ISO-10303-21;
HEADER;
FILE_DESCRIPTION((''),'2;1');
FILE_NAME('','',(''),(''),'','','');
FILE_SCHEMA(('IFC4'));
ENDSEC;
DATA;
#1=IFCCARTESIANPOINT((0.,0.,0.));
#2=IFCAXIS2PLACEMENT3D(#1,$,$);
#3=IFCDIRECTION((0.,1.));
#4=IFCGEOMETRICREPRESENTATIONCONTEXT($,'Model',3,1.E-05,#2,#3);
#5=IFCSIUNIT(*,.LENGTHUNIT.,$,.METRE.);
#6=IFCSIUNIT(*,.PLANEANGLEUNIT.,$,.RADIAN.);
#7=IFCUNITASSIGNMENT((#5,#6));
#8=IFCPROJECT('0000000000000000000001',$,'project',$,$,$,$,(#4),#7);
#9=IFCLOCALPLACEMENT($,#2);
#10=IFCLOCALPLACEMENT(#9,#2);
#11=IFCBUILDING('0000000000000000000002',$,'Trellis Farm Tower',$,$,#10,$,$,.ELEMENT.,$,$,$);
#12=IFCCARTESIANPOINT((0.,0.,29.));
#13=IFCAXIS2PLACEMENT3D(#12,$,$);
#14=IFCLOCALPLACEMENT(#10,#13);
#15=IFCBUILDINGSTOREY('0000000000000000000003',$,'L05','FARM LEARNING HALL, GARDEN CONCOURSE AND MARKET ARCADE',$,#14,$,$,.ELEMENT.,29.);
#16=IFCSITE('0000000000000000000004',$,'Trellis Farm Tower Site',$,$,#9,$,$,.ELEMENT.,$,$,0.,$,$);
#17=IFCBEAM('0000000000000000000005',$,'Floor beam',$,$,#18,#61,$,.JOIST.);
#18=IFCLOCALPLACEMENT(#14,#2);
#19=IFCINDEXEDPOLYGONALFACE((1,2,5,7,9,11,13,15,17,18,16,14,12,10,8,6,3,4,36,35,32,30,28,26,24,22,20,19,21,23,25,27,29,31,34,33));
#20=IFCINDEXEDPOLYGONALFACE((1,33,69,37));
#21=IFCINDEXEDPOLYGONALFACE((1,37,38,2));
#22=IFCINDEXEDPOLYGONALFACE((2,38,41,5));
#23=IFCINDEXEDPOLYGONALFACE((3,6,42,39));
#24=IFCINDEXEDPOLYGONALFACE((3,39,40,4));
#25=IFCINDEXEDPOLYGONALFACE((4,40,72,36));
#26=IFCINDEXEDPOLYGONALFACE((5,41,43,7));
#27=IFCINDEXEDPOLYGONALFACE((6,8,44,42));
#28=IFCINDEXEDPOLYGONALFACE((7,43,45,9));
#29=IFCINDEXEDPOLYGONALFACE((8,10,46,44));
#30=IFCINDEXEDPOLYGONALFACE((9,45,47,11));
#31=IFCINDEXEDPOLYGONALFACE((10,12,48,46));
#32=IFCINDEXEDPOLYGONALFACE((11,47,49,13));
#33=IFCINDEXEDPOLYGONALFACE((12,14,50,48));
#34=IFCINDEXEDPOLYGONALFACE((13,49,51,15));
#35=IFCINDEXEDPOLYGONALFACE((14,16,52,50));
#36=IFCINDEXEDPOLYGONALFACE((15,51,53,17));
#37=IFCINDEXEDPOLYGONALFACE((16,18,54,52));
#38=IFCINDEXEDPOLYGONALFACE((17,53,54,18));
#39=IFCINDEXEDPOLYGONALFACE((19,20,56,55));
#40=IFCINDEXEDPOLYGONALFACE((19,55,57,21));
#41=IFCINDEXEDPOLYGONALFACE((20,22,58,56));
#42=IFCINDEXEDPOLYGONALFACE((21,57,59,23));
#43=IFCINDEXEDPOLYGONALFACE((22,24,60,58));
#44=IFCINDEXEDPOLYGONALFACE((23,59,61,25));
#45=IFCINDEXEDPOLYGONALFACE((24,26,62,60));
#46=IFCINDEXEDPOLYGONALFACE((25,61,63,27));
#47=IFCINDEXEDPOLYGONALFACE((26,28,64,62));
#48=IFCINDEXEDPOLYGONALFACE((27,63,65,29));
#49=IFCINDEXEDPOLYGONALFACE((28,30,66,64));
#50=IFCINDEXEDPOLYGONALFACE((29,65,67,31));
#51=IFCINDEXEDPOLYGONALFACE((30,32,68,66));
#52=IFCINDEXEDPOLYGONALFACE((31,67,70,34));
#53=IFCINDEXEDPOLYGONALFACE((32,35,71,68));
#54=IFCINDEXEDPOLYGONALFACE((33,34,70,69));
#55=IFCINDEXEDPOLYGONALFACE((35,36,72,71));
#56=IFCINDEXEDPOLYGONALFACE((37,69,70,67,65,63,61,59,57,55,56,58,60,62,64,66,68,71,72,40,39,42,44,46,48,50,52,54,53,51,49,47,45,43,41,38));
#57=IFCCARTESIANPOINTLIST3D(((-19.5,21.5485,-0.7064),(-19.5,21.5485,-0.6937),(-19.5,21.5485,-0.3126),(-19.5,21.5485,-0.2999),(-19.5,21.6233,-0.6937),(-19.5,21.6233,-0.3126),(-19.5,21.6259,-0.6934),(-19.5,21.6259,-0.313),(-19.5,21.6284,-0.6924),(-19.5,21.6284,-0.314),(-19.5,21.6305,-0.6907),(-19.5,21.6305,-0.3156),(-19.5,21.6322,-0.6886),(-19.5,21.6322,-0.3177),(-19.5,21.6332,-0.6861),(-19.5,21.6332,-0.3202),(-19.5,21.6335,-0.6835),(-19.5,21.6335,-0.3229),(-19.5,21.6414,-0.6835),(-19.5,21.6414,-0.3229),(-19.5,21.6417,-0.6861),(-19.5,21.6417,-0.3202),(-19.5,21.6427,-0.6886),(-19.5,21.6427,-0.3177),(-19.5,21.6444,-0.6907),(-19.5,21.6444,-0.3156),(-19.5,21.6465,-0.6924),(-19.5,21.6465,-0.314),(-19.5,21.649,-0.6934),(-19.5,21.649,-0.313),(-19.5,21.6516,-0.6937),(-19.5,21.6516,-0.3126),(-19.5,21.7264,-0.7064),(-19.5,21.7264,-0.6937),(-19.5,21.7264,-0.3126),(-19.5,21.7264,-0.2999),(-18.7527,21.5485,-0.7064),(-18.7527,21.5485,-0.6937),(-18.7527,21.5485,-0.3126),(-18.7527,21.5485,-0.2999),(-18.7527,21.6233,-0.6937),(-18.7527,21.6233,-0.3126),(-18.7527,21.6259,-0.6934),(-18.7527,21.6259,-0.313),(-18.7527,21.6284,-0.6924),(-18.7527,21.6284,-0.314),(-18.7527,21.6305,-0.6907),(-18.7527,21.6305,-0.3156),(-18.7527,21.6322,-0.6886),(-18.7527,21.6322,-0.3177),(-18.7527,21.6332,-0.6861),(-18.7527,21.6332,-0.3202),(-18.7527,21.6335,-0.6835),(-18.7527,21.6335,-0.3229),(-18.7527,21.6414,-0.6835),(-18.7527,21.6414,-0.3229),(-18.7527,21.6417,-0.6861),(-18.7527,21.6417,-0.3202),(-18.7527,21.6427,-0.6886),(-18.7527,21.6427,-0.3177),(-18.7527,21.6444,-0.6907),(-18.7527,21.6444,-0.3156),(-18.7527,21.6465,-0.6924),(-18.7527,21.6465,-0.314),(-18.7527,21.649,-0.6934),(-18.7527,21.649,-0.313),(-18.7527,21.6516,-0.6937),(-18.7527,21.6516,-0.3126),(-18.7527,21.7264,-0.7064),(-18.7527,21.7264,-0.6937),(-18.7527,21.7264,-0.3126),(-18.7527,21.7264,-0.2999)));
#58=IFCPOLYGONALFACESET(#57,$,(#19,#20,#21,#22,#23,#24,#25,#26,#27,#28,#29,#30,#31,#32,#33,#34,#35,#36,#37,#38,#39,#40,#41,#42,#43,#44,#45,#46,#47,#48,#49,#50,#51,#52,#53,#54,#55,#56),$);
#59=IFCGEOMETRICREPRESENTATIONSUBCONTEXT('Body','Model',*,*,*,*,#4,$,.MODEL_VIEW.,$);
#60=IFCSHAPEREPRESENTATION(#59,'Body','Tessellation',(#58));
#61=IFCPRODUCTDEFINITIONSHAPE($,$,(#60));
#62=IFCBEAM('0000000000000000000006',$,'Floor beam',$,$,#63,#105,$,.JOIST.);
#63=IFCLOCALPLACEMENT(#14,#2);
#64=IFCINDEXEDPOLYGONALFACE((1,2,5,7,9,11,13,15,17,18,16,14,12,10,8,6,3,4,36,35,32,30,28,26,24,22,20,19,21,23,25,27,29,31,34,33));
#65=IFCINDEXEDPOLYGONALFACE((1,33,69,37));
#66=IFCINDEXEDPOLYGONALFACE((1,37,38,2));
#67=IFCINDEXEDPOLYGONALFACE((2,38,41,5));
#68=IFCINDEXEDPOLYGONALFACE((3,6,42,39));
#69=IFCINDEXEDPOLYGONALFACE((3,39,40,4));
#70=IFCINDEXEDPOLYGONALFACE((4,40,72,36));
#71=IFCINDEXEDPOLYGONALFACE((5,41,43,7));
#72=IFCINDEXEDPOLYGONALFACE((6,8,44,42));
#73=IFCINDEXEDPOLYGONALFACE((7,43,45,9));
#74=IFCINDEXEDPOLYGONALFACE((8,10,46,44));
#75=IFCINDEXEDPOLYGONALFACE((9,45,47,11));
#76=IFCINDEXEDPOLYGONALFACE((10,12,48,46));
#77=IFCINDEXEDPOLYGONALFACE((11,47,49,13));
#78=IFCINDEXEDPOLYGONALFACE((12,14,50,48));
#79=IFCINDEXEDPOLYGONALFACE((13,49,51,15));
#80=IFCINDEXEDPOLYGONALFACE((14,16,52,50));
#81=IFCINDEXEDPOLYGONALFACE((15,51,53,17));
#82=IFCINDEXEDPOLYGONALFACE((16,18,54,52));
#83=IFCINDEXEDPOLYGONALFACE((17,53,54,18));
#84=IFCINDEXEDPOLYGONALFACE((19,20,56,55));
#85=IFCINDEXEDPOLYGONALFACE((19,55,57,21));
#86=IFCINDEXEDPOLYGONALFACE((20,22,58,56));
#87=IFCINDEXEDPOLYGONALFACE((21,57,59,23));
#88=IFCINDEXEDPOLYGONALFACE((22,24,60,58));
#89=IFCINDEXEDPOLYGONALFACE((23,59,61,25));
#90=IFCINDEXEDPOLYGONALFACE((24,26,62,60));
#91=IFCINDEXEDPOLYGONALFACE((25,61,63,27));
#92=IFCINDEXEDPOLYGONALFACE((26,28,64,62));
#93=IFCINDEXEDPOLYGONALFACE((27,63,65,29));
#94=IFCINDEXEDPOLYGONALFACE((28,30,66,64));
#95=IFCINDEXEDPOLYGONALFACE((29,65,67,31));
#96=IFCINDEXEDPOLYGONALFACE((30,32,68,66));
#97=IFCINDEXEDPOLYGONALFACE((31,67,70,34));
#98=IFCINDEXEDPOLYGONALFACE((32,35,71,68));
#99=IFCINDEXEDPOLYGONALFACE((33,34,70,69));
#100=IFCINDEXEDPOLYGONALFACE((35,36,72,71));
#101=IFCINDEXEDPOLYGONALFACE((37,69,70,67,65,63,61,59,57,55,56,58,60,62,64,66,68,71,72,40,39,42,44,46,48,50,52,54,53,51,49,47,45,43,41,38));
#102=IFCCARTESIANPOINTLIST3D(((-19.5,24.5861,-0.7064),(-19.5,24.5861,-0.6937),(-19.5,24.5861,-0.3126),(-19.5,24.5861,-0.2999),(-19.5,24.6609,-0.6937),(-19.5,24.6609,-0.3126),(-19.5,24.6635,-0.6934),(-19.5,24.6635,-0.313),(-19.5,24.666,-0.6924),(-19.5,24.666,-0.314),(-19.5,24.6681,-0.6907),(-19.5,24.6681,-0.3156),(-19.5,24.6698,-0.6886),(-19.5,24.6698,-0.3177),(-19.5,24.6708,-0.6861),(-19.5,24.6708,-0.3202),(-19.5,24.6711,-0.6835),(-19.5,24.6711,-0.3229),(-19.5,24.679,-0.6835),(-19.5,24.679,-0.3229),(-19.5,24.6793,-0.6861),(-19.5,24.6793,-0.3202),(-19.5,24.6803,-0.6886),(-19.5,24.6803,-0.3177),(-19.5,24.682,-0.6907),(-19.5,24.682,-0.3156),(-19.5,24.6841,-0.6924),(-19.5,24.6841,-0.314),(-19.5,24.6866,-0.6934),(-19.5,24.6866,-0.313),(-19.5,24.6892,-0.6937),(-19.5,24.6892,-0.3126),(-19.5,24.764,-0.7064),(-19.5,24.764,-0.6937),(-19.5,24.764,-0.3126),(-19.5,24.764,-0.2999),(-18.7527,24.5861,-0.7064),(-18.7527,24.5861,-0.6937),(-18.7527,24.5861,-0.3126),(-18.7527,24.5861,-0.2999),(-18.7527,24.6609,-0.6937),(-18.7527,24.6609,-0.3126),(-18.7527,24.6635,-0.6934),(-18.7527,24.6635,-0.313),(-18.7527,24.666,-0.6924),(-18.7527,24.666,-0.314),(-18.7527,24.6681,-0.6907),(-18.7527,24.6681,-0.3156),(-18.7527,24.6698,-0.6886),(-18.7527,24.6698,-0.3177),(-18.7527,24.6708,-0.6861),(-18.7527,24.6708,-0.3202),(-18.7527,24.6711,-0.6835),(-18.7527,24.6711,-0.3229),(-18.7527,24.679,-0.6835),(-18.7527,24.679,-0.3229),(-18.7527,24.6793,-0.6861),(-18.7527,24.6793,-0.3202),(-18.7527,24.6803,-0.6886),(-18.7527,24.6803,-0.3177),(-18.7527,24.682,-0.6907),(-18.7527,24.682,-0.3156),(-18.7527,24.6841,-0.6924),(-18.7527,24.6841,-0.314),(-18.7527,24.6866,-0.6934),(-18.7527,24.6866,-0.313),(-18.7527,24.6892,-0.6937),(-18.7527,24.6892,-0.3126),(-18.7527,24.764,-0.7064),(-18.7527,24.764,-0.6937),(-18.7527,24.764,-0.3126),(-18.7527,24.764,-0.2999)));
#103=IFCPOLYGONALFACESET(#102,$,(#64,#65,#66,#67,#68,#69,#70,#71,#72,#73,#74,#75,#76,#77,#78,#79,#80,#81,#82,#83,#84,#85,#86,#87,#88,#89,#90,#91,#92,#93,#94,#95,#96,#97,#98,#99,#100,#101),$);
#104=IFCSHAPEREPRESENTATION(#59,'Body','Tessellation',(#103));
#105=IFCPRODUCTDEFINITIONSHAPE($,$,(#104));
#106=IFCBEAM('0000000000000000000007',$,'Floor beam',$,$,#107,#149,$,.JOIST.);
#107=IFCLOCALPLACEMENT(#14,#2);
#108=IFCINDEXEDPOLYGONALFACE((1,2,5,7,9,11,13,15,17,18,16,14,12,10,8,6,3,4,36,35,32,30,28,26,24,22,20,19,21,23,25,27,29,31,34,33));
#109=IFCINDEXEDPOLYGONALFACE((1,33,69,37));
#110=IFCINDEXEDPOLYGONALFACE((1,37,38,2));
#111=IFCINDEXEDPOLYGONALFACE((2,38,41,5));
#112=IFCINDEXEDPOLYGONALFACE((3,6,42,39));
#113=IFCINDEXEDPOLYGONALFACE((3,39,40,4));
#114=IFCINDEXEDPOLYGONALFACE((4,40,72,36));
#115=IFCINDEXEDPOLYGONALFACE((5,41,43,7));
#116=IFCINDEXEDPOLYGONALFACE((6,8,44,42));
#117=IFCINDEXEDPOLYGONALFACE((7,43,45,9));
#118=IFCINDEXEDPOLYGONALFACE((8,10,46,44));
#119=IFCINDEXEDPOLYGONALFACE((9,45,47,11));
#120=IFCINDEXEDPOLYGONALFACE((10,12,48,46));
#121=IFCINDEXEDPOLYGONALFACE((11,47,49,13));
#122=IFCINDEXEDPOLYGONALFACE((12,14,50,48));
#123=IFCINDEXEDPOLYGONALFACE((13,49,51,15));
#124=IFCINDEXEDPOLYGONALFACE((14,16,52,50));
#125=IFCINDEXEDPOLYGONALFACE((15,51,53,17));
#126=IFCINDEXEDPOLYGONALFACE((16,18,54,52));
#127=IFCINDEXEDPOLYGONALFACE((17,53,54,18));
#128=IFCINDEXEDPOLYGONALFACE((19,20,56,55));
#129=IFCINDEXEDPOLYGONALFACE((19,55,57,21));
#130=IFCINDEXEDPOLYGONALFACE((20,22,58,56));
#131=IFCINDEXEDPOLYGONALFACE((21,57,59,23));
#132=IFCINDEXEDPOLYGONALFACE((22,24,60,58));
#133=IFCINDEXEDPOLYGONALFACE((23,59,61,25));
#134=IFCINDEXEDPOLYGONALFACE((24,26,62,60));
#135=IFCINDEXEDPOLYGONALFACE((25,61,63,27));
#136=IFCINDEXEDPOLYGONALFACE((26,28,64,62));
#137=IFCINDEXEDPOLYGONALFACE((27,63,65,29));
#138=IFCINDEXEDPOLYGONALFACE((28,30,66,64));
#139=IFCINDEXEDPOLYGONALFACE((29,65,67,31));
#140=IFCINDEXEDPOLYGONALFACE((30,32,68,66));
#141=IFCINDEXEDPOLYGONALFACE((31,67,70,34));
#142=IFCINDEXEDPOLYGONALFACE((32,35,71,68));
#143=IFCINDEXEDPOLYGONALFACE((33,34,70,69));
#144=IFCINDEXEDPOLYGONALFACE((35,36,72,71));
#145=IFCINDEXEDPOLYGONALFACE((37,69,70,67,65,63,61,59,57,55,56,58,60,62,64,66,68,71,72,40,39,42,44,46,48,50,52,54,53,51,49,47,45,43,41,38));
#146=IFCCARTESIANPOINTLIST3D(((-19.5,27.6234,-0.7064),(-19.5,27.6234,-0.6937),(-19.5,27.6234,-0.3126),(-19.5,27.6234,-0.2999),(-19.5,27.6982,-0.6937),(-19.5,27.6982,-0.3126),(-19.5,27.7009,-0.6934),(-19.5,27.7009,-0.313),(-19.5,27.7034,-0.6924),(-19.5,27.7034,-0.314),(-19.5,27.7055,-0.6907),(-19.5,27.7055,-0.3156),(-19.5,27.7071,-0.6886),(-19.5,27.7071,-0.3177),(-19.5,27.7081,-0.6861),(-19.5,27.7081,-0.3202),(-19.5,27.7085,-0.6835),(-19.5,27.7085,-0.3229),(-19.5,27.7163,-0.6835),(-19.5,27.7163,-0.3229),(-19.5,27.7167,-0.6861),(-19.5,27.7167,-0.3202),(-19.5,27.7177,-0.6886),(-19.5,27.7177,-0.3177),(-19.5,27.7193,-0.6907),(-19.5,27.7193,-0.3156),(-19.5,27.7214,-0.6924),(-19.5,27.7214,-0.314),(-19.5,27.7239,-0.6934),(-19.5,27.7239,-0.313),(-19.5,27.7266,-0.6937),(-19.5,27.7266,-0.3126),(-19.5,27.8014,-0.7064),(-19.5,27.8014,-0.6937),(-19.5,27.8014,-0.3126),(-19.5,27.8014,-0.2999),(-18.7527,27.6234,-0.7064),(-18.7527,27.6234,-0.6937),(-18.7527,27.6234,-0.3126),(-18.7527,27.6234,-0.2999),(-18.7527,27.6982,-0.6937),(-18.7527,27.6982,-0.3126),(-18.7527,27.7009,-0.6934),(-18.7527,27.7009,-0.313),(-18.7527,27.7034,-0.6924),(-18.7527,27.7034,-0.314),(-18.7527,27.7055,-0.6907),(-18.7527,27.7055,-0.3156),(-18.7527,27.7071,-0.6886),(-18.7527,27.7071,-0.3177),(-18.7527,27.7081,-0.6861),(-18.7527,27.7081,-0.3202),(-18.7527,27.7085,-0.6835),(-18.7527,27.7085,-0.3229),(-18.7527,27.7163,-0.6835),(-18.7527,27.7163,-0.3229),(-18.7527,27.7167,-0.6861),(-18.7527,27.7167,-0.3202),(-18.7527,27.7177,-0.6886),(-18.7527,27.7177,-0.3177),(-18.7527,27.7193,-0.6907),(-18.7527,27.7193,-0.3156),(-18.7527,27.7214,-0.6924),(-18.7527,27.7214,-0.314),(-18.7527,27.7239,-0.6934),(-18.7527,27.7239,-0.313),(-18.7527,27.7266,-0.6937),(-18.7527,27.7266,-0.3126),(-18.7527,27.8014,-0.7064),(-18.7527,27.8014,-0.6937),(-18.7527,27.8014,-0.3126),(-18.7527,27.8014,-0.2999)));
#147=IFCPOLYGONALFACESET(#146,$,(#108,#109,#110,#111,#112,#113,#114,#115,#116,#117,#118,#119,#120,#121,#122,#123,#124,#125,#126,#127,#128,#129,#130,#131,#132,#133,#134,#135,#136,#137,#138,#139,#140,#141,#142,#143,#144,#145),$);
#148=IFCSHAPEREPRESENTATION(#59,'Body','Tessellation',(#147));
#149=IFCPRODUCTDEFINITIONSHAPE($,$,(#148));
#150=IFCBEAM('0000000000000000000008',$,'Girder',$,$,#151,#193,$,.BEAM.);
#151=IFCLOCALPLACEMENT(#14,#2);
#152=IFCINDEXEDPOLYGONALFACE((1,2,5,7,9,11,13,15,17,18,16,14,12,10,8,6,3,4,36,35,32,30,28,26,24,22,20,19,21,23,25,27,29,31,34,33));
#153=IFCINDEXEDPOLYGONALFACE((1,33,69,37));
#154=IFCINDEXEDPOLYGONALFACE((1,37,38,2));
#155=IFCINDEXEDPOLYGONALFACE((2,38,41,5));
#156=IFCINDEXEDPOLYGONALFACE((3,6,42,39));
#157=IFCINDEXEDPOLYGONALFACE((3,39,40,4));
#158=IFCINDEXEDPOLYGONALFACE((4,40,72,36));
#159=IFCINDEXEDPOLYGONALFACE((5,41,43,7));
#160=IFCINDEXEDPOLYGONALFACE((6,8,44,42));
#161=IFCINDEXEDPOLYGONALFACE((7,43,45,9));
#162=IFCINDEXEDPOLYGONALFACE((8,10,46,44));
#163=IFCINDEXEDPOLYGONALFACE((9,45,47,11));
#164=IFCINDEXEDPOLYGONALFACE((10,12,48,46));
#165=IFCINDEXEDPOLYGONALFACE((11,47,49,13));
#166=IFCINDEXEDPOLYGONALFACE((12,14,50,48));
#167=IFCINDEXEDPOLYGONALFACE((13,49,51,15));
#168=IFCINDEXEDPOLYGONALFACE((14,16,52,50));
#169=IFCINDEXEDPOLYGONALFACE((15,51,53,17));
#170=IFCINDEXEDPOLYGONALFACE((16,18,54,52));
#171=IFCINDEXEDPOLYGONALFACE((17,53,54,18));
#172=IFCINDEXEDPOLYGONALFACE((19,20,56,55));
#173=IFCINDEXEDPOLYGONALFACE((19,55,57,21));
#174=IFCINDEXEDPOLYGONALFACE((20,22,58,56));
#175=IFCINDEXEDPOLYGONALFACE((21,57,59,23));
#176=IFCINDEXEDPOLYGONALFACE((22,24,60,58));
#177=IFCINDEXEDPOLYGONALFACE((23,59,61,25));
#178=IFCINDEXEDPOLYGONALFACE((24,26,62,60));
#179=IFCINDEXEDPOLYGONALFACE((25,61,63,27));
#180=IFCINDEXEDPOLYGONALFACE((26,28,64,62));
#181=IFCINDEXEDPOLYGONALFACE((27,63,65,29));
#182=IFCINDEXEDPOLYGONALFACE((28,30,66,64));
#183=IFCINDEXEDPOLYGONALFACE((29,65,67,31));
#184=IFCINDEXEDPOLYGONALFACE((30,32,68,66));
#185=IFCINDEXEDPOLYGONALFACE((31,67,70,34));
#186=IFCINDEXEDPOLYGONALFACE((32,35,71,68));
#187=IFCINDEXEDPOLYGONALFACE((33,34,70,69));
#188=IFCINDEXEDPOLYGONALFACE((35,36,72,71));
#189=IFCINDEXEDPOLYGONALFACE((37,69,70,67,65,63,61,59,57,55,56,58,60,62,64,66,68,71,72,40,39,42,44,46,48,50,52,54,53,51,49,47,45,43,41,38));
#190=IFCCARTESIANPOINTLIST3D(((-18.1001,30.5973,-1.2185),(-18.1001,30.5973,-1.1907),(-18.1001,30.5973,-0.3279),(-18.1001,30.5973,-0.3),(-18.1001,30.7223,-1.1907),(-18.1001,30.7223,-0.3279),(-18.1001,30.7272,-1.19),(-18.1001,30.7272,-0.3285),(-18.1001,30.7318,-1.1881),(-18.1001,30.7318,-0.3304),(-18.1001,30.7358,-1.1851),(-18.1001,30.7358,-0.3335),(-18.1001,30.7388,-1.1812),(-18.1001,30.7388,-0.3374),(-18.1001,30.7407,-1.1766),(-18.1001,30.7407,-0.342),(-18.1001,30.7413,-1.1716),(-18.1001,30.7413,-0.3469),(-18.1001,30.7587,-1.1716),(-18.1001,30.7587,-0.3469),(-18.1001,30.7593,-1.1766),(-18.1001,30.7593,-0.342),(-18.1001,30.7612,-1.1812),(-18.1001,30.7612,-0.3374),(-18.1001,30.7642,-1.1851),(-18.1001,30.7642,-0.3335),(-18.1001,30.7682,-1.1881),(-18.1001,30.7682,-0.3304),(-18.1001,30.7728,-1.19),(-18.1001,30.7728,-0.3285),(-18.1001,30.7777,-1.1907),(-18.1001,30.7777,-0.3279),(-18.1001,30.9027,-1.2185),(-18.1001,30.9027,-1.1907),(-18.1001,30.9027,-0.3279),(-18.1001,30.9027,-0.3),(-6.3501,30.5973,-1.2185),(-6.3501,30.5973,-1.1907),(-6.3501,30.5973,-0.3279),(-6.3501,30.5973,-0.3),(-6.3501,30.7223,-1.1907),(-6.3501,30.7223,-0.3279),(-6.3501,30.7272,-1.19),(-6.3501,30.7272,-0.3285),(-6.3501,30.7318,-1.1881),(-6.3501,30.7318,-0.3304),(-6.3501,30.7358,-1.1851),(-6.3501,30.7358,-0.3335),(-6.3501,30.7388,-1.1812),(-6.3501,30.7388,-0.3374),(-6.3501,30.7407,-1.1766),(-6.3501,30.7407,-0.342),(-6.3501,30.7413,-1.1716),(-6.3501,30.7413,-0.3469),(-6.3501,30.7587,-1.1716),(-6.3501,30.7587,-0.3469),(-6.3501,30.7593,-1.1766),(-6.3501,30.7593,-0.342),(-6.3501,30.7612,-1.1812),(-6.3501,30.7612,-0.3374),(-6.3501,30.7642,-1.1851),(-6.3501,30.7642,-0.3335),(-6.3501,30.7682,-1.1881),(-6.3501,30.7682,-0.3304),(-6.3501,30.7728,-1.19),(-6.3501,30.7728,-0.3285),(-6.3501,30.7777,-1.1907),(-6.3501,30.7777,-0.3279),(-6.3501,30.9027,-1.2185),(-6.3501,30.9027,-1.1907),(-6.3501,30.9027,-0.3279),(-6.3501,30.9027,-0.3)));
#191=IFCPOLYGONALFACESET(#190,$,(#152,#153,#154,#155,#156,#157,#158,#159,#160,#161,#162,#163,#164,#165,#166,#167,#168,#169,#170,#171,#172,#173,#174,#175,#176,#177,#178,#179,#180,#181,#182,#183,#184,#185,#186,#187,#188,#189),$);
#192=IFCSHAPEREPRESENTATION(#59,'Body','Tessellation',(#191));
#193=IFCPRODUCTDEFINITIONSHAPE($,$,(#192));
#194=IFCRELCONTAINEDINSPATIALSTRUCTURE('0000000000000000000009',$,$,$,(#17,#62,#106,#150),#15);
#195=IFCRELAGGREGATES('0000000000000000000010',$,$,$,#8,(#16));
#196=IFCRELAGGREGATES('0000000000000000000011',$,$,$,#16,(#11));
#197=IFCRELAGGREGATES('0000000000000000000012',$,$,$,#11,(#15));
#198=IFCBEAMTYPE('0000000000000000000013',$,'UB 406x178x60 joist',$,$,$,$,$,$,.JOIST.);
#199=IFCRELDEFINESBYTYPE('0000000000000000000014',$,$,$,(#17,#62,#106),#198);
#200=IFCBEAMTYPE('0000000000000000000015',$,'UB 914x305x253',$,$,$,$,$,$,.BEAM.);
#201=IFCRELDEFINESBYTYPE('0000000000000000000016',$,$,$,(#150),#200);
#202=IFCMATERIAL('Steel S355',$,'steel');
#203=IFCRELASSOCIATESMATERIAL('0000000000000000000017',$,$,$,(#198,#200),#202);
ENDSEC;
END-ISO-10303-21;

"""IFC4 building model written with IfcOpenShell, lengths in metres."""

from ifc_helpers import new_model, si_unit, direction, frame, origin, origin_2d, place, context, subcontext, project, spatial, i_section, extrude, source, transform, mapped, material, material_profile, profile_set, type_object, element, save


model = new_model("IFC4")

# Units and contexts
model_context = context("Model", 3, precision=1e-05, world=origin(), true_north=direction((0.0, 1.0)))
body_context = subcontext(model_context, "Body", "Model", "MODEL_VIEW")
ifc_project = project(units=[si_unit("LENGTHUNIT", "METRE"), si_unit("PLANEANGLEUNIT", "RADIAN")], contexts=[model_context])

# Site, building, storey
site_placement = place(None, origin())
site = spatial("IfcSite", under=ifc_project, at=site_placement, Name="Trellis Farm Tower Site", CompositionType="ELEMENT", RefElevation=0.0)
building_placement = place(site_placement, origin())
building = spatial("IfcBuilding", under=site, at=building_placement, Name="Trellis Farm Tower", CompositionType="ELEMENT")
storey_placement = place(building_placement, frame((0.0, 0.0, 29.0)))
storey = spatial("IfcBuildingStorey", under=building, at=storey_placement, Name="L05", Description="FARM LEARNING HALL, GARDEN CONCOURSE AND MARKET ARCADE", CompositionType="ELEMENT", Elevation=29.0)

# Beams
ifc_material_1 = material(Name="Steel S355", Category="steel")
ifc_material_profile_1 = material_profile(ifc_material_1, i_section(OverallWidth=0.178, OverallDepth=0.4065, WebThickness=0.0078, FlangeThickness=0.0127, FilletRadius=0.0103, at=origin_2d()), Name="UB 406x178x60")
ifc_profile_set_1 = profile_set([ifc_material_profile_1], Name="Steel S355")
beam_type_1 = type_object("IfcBeamType", Name="UB 406x178x60 joist", PredefinedType="JOIST", material=ifc_profile_set_1)
shared_shape_1 = source(origin(), body_context, "Body", "SweptSolid", [
    extrude(i_section(OverallWidth=0.178, OverallDepth=0.4065, WebThickness=0.0078, FlangeThickness=0.0127, FilletRadius=0.0103, at=origin_2d()), origin(), (0.0, 0.0, 1.0), 0.7473),
])
for number, where, z_axis, x_axis, name in (
    (1, (-19.5, 21.6375, -0.5032), (1.0, 0.0, 0.0), (0.0, 1.0, 0.0), "Floor beam"),
    (2, (-19.5, 24.675, -0.5032), (1.0, 0.0, 0.0), (0.0, 1.0, 0.0), "Floor beam"),
    (3, (-19.5, 27.7124, -0.5032), (1.0, 0.0, 0.0), (0.0, 1.0, 0.0), "Floor beam"),
):
    element("IfcBeam", number, at=place(storey_placement, frame(where, z_axis=z_axis, x_axis=x_axis)), inside=storey, type_object=beam_type_1, Name=name, PredefinedType="JOIST", context=body_context, shape_type="MappedRepresentation", body=[
        mapped(shared_shape_1, transform((0.0, 0.0, 0.0))),
    ])
ifc_material_profile_2 = material_profile(ifc_material_1, i_section(OverallWidth=0.3054, OverallDepth=0.9185, WebThickness=0.0173, FlangeThickness=0.0278, FilletRadius=0.019, at=origin_2d()), Name="UB 914x305x253")
ifc_profile_set_2 = profile_set([ifc_material_profile_2], Name="Steel S355")
beam_type_2 = type_object("IfcBeamType", Name="UB 914x305x253", PredefinedType="BEAM", material=ifc_profile_set_2)
shared_shape_2 = source(origin(), body_context, "Body", "SweptSolid", [
    extrude(i_section(OverallWidth=0.3054, OverallDepth=0.9185, WebThickness=0.0173, FlangeThickness=0.0278, FilletRadius=0.019, at=origin_2d()), origin(), (0.0, 0.0, 1.0), 11.75),
])
beam_1_placement = place(storey_placement, frame((-18.1001, 30.75, -0.7593), z_axis=(1.0, 0.0, 0.0), x_axis=(0.0, 1.0, 0.0)))
element("IfcBeam", 4, at=beam_1_placement, inside=storey, type_object=beam_type_2, Name="Girder", PredefinedType="BEAM", context=body_context, shape_type="MappedRepresentation", body=[
    mapped(shared_shape_2, transform((0.0, 0.0, 0.0))),
])

save(model, "model.ifc")
